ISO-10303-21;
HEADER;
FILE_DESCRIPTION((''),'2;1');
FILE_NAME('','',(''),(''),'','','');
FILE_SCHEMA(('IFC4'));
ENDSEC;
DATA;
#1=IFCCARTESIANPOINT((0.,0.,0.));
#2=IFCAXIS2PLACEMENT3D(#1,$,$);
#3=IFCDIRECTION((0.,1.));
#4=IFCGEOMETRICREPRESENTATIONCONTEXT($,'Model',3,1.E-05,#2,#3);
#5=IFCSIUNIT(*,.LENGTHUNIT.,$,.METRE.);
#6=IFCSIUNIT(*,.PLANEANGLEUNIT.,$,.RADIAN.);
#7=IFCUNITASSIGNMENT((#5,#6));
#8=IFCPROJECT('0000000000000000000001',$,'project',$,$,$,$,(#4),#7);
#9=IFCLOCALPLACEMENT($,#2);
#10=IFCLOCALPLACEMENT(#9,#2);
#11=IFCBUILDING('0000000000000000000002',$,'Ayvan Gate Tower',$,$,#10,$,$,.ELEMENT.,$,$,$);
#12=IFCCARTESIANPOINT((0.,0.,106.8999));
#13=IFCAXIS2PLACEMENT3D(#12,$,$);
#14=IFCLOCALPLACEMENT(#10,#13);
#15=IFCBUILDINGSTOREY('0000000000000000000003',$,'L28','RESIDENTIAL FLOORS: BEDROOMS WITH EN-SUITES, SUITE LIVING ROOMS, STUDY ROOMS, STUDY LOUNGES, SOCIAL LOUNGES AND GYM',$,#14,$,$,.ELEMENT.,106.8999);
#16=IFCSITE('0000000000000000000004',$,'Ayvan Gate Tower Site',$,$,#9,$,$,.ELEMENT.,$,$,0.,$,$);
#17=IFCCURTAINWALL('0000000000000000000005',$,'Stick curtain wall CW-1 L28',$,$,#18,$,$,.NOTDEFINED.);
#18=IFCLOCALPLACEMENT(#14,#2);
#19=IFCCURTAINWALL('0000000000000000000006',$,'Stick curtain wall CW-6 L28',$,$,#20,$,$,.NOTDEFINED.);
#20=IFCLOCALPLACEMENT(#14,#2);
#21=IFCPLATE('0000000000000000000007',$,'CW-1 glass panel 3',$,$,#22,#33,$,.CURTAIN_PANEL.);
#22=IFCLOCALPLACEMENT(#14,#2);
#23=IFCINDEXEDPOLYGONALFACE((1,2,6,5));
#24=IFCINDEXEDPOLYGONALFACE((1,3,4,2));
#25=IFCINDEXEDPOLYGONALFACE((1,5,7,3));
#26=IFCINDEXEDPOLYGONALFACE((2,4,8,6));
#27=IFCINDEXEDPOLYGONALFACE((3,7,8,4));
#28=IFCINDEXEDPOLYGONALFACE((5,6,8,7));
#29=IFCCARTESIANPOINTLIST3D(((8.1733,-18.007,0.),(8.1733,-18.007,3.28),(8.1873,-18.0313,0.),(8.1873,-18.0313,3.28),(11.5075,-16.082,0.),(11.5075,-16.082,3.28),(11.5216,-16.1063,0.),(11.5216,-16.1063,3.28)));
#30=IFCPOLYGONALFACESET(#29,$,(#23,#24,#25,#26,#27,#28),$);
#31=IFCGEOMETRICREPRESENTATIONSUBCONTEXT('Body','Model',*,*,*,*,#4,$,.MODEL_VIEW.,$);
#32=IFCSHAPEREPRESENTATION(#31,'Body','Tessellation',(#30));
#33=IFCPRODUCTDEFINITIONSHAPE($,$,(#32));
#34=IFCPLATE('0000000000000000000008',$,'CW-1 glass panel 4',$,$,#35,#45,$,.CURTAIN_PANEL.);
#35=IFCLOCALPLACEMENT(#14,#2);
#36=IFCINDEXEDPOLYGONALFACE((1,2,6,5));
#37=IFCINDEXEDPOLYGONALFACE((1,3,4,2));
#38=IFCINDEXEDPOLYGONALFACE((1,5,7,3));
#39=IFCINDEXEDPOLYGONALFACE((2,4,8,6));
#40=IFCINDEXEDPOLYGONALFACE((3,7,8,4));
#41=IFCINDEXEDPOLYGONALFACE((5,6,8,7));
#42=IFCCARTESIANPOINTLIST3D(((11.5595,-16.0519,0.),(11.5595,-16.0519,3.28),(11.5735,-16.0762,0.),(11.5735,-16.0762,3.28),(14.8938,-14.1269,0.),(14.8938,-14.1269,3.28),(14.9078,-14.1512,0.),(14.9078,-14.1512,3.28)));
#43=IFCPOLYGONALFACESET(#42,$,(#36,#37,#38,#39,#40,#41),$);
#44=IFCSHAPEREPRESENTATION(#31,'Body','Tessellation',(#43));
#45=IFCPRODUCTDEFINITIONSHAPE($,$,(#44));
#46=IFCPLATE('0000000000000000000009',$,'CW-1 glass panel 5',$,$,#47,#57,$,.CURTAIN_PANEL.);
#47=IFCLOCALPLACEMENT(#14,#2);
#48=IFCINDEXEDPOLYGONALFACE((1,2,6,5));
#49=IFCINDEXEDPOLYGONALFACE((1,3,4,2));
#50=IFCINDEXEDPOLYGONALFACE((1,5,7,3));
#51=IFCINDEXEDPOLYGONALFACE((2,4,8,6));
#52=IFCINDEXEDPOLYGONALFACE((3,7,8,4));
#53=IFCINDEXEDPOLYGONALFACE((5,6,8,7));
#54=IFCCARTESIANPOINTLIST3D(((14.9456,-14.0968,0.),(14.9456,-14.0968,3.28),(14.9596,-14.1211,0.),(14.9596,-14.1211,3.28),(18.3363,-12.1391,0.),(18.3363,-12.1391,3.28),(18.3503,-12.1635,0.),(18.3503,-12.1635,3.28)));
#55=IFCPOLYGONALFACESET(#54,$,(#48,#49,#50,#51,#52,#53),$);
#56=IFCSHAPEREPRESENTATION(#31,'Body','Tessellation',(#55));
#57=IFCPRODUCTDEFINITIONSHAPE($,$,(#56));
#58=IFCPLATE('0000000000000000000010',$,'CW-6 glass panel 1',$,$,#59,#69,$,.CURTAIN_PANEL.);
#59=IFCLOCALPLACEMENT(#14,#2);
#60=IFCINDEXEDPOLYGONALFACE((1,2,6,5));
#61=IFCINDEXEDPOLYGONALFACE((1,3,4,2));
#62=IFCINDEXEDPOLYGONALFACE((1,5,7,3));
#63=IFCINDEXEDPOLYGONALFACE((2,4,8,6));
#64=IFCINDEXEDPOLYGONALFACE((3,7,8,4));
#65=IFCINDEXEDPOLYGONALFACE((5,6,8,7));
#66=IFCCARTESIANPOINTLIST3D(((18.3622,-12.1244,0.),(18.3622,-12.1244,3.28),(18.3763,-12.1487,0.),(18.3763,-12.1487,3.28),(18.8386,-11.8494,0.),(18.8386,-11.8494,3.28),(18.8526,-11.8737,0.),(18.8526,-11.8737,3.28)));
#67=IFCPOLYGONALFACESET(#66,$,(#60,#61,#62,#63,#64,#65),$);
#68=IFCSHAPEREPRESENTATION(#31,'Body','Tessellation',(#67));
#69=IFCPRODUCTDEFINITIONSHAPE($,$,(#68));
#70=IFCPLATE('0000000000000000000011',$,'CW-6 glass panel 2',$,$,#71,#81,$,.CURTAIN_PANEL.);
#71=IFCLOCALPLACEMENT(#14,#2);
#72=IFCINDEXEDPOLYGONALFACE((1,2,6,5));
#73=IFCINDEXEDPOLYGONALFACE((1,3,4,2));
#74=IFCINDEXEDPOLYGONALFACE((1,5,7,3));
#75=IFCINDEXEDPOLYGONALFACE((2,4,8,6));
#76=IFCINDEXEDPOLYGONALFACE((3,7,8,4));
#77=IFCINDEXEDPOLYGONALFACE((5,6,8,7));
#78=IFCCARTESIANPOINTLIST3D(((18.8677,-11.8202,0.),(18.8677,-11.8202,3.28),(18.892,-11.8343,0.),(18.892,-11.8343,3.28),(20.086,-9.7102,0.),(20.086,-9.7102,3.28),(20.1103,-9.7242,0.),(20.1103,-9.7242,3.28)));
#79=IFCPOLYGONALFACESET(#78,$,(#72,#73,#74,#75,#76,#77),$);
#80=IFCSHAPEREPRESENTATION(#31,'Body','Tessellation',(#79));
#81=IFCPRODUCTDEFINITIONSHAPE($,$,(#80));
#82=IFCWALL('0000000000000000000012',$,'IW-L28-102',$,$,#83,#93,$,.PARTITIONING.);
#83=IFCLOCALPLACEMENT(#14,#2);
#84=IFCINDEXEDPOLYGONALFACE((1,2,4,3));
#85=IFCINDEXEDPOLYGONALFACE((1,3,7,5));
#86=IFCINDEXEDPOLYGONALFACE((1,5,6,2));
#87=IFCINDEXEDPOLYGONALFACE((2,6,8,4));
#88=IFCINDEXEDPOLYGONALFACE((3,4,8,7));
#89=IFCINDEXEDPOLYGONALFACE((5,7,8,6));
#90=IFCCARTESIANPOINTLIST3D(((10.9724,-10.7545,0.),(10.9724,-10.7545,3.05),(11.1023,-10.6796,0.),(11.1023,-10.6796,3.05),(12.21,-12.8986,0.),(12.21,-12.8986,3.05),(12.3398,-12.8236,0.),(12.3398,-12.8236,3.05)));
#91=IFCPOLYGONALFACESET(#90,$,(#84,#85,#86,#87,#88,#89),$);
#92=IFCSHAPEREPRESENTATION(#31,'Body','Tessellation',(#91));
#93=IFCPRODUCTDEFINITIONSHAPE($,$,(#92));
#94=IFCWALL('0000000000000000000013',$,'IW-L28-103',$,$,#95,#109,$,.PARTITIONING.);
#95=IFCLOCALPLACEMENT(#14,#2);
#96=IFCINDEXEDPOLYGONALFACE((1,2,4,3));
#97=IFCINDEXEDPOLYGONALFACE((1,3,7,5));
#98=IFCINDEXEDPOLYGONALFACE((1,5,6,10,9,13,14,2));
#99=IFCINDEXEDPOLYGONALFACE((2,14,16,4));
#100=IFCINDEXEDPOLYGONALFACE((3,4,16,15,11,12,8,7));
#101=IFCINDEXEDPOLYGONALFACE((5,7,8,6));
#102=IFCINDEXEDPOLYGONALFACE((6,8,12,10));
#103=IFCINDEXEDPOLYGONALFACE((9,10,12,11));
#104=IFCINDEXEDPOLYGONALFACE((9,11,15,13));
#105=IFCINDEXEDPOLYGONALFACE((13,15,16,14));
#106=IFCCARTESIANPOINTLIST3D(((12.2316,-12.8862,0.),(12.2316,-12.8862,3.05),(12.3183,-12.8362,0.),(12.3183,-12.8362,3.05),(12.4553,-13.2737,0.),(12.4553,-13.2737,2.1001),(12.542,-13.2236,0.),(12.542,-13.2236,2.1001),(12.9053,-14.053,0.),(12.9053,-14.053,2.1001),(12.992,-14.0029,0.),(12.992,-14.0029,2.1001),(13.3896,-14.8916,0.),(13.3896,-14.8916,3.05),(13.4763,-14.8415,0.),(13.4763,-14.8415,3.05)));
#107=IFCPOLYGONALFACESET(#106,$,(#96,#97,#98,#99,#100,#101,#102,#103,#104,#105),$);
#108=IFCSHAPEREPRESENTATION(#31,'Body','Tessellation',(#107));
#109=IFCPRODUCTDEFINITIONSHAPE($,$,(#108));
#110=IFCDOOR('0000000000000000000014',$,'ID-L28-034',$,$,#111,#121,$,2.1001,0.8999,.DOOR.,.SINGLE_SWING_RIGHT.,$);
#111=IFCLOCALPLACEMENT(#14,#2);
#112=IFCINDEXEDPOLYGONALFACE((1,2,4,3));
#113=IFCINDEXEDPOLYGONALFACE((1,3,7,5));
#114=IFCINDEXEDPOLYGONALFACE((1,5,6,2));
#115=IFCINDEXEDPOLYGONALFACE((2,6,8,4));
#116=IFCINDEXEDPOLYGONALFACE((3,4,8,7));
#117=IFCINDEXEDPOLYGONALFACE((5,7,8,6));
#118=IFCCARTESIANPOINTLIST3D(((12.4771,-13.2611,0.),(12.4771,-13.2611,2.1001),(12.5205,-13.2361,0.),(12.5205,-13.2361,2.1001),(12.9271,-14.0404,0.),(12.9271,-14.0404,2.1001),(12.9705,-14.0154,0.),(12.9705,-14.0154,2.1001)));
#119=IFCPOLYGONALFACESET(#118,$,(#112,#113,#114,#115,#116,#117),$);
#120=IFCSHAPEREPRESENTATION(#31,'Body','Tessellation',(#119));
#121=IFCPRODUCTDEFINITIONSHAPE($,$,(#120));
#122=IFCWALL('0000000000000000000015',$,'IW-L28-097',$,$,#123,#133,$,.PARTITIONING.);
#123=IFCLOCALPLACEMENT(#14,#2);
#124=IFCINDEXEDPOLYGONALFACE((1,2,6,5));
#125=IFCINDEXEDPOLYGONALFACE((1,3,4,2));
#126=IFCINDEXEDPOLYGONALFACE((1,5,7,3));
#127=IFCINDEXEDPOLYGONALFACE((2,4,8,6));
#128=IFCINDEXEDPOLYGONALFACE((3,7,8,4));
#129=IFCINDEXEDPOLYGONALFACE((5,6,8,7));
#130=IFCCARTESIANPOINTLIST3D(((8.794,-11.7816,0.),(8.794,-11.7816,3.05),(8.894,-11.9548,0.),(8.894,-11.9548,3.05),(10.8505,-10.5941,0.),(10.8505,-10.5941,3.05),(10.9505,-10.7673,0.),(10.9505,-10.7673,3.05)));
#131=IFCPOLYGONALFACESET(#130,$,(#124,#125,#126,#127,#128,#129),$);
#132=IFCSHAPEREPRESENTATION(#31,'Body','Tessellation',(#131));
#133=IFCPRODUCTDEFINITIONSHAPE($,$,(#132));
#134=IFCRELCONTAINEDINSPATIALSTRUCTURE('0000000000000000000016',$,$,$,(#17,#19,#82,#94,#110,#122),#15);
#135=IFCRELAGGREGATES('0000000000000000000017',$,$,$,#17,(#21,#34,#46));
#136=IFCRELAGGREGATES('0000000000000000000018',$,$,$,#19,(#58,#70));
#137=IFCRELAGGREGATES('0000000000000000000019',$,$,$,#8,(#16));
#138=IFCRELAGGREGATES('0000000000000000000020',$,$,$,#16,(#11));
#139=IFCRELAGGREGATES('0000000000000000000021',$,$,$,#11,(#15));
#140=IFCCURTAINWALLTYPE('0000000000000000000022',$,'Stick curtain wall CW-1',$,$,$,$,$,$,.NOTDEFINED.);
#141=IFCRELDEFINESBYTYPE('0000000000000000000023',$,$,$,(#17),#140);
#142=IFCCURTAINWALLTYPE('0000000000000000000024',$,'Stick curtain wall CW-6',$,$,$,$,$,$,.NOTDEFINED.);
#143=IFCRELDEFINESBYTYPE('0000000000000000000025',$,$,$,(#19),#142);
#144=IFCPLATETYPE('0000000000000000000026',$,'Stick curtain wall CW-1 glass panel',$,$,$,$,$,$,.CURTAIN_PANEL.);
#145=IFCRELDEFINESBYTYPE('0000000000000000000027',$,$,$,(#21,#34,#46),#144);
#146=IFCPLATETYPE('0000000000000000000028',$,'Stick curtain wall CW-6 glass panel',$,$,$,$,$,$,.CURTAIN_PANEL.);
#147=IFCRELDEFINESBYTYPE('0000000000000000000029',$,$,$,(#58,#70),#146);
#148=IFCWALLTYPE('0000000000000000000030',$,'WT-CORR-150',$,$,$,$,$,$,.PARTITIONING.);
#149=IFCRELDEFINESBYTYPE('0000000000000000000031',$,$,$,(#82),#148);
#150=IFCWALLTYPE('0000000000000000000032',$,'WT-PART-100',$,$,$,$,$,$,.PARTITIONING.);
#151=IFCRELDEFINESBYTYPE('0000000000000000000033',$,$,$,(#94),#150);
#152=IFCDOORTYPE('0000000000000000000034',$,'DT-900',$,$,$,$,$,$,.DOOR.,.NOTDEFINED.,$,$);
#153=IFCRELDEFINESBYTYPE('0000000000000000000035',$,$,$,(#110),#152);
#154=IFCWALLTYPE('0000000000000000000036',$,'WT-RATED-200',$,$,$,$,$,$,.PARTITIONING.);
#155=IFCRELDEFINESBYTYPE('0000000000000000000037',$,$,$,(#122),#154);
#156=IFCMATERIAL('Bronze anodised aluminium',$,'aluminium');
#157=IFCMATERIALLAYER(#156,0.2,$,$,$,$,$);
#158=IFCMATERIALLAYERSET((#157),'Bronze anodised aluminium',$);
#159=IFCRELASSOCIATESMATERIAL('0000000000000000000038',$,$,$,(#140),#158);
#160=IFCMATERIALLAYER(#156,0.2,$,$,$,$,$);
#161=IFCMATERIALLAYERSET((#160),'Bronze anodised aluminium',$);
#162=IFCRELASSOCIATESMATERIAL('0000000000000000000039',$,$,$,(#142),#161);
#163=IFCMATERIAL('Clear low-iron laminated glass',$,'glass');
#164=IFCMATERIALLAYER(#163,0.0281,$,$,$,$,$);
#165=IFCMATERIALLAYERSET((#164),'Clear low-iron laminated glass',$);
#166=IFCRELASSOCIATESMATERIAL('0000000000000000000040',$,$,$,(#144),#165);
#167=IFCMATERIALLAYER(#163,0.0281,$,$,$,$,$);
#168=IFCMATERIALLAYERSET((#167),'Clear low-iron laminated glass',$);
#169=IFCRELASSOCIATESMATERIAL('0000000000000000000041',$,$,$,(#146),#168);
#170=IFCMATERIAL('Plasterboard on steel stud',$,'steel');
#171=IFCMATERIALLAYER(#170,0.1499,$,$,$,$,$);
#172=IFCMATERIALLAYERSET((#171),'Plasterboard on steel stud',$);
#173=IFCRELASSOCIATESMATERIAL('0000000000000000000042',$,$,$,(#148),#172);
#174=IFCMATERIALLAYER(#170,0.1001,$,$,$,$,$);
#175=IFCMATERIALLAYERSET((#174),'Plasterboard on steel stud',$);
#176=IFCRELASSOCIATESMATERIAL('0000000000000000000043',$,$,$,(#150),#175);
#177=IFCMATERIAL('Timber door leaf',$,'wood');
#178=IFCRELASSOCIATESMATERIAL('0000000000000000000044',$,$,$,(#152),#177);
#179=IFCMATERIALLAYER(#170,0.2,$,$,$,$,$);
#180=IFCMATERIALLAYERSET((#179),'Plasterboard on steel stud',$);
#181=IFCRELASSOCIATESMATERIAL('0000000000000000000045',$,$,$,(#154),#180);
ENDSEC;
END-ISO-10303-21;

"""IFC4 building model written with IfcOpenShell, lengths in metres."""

from ifc_helpers import new_model, si_unit, direction, frame, frame_2d, origin, origin_2d, place, context, subcontext, project, spatial, rectangle, extrude, material, layer, layer_set, type_object, element, fill, aggregate, save


model = new_model("IFC4")

# Units and contexts
model_context = context("Model", 3, precision=1e-05, world=origin(), true_north=direction((0.0, 1.0)))
body_context = subcontext(model_context, "Body", "Model", "MODEL_VIEW")
ifc_project = project(units=[si_unit("LENGTHUNIT", "METRE"), si_unit("PLANEANGLEUNIT", "RADIAN")], contexts=[model_context])

# Site, building, storey
site_placement = place(None, origin())
site = spatial("IfcSite", under=ifc_project, at=site_placement, Name="Ayvan Gate Tower Site", CompositionType="ELEMENT", RefElevation=0.0)
building_placement = place(site_placement, origin())
building = spatial("IfcBuilding", under=site, at=building_placement, Name="Ayvan Gate Tower", CompositionType="ELEMENT")
storey_placement = place(building_placement, frame((0.0, 0.0, 106.8999)))
storey = spatial("IfcBuildingStorey", under=building, at=storey_placement, Name="L28", Description="RESIDENTIAL FLOORS: BEDROOMS WITH EN-SUITES, SUITE LIVING ROOMS, STUDY ROOMS, STUDY LOUNGES, SOCIAL LOUNGES AND GYM", CompositionType="ELEMENT", Elevation=106.8999)

# Curtain walls
ifc_material_1 = material(Name="Bronze anodised aluminium", Category="aluminium")
ifc_layer_1 = layer(ifc_material_1, 0.2)
ifc_layer_set_1 = layer_set([ifc_layer_1], Name="Bronze anodised aluminium")
curtain_wall_type_1 = type_object("IfcCurtainWallType", Name="Stick curtain wall CW-1", PredefinedType="NOTDEFINED", material=ifc_layer_set_1)
curtain_wall_1_placement = place(storey_placement, origin())
curtain_wall_1 = element("IfcCurtainWall", 1, at=curtain_wall_1_placement, inside=storey, type_object=curtain_wall_type_1, Name="Stick curtain wall CW-1 L28", PredefinedType="NOTDEFINED")
ifc_layer_2 = layer(ifc_material_1, 0.2)
ifc_layer_set_2 = layer_set([ifc_layer_2], Name="Bronze anodised aluminium")
curtain_wall_type_2 = type_object("IfcCurtainWallType", Name="Stick curtain wall CW-6", PredefinedType="NOTDEFINED", material=ifc_layer_set_2)
curtain_wall_2_placement = place(storey_placement, origin())
curtain_wall_2 = element("IfcCurtainWall", 2, at=curtain_wall_2_placement, inside=storey, type_object=curtain_wall_type_2, Name="Stick curtain wall CW-6 L28", PredefinedType="NOTDEFINED")

# Plates
ifc_material_2 = material(Name="Clear low-iron laminated glass", Category="glass")
ifc_layer_3 = layer(ifc_material_2, 0.0281)
ifc_layer_set_3 = layer_set([ifc_layer_3], Name="Clear low-iron laminated glass")
plate_type_1 = type_object("IfcPlateType", Name="Stick curtain wall CW-1 glass panel", PredefinedType="CURTAIN_PANEL", material=ifc_layer_set_3)
plate_1_placement = place(storey_placement, frame((9.8474, -17.0566, 0.0), z_axis=(0.0, 0.0, 1.0), x_axis=(0.866025, 0.5, 0.0)))
plate_1 = element("IfcPlate", 3, at=plate_1_placement, type_object=plate_type_1, Name="CW-1 glass panel 3", PredefinedType="CURTAIN_PANEL", context=body_context, shape_type="SweptSolid", body=[
    extrude(rectangle(XDim=3.8501, YDim=0.0281, at=origin_2d()), origin(), (0.0, 0.0, 1.0), 3.28),
])
plate_2_placement = place(storey_placement, frame((13.2336, -15.1016, 0.0), z_axis=(0.0, 0.0, 1.0), x_axis=(0.866025, 0.5, 0.0)))
plate_2 = element("IfcPlate", 4, at=plate_2_placement, type_object=plate_type_1, Name="CW-1 glass panel 4", PredefinedType="CURTAIN_PANEL", context=body_context, shape_type="SweptSolid", body=[
    extrude(rectangle(XDim=3.8501, YDim=0.0281, at=origin_2d()), origin(), (0.0, 0.0, 1.0), 3.28),
])
plate_3_placement = place(storey_placement, frame((16.6479, -13.1301, 0.0), z_axis=(0.0, 0.0, 1.0), x_axis=(0.866025, 0.5, 0.0)))
plate_3 = element("IfcPlate", 5, at=plate_3_placement, type_object=plate_type_1, Name="CW-1 glass panel 5", PredefinedType="CURTAIN_PANEL", context=body_context, shape_type="SweptSolid", body=[
    extrude(rectangle(XDim=3.9153, YDim=0.0281, at=origin_2d()), origin(), (0.0, 0.0, 1.0), 3.28),
])
aggregate(curtain_wall_1, [plate_1, plate_2, plate_3])
ifc_layer_4 = layer(ifc_material_2, 0.0281)
ifc_layer_set_4 = layer_set([ifc_layer_4], Name="Clear low-iron laminated glass")
plate_type_2 = type_object("IfcPlateType", Name="Stick curtain wall CW-6 glass panel", PredefinedType="CURTAIN_PANEL", material=ifc_layer_set_4)
plate_4_placement = place(storey_placement, frame((18.6074, -11.999, 0.0), z_axis=(0.0, 0.0, 1.0), x_axis=(0.866025, 0.5, 0.0)))
plate_4 = element("IfcPlate", 6, at=plate_4_placement, type_object=plate_type_2, Name="CW-6 glass panel 1", PredefinedType="CURTAIN_PANEL", context=body_context, shape_type="SweptSolid", body=[
    extrude(rectangle(XDim=0.55, YDim=0.0281, at=origin_2d()), origin(), (0.0, 0.0, 1.0), 3.28),
])
plate_5_placement = place(storey_placement, frame((19.489, -10.7722, 0.0), z_axis=(0.0, 0.0, 1.0), x_axis=(0.5, 0.866025, 0.0)))
plate_5 = element("IfcPlate", 7, at=plate_5_placement, type_object=plate_type_2, Name="CW-6 glass panel 2", PredefinedType="CURTAIN_PANEL", context=body_context, shape_type="SweptSolid", body=[
    extrude(rectangle(XDim=2.4365, YDim=0.0281, at=origin_2d()), origin(), (0.0, 0.0, 1.0), 3.28),
])
aggregate(curtain_wall_2, [plate_4, plate_5])

# Wall
ifc_material_3 = material(Name="Plasterboard on steel stud", Category="steel")
ifc_layer_5 = layer(ifc_material_3, 0.1499)
ifc_layer_set_5 = layer_set([ifc_layer_5], Name="Plasterboard on steel stud")
wall_type_1 = type_object("IfcWallType", Name="WT-CORR-150", PredefinedType="PARTITIONING", material=ifc_layer_set_5)
wall_1_placement = place(storey_placement, frame((12.2749, -12.8611, 0.0), z_axis=(0.0, 0.0, 1.0), x_axis=(-0.499905, 0.86608, 0.0)))
element("IfcWall", 8, at=wall_1_placement, inside=storey, type_object=wall_type_1, Name="IW-L28-102", PredefinedType="PARTITIONING", context=body_context, shape_type="SweptSolid", body=[
    extrude(rectangle(XDim=2.4756, YDim=0.1499, at=frame_2d((1.2378, 0.0))), origin(), (0.0, 0.0, 1.0), 3.05),
])

# Wall, opening, door
ifc_layer_6 = layer(ifc_material_3, 0.1001)
ifc_layer_set_6 = layer_set([ifc_layer_6], Name="Plasterboard on steel stud")
wall_type_2 = type_object("IfcWallType", Name="WT-PART-100", PredefinedType="PARTITIONING", material=ifc_layer_set_6)
wall_2_placement = place(storey_placement, frame((13.4329, -14.8665, 0.0), z_axis=(0.0, 0.0, 1.0), x_axis=(-0.500051, 0.865996, 0.0)))
wall_2 = element("IfcWall", 9, at=wall_2_placement, inside=storey, type_object=wall_type_2, Name="IW-L28-103", PredefinedType="PARTITIONING", context=body_context, shape_type="SweptSolid", body=[
    extrude(rectangle(XDim=2.3157, YDim=0.1001, at=frame_2d((1.1577, 0.0))), origin(), (0.0, 0.0, 1.0), 3.05),
])
opening_placement = place(wall_2_placement, frame((0.9683, 0.0, 0.0)))
opening = element("IfcOpeningElement", 10, at=opening_placement, cuts=wall_2, PredefinedType="OPENING", context=body_context, shape_type="SweptSolid", body=[
    extrude(rectangle(XDim=0.8999, YDim=2.1001, at=frame_2d((0.45, 1.05))), frame((0.0, 0.0601, 0.0), z_axis=(0.0, -1.0, 0.0), x_axis=(1.0, 0.0, 0.0)), (0.0, 0.0, 1.0), 0.1201),
])
ifc_material_4 = material(Name="Timber door leaf", Category="wood")
door_type = type_object("IfcDoorType", Name="DT-900", OperationType="NOTDEFINED", PredefinedType="DOOR", material=ifc_material_4)
door_placement = place(opening_placement, origin())
door = element("IfcDoor", 11, at=door_placement, inside=storey, type_object=door_type, Name="ID-L28-034", OperationType="SINGLE_SWING_RIGHT", OverallHeight=2.1001, OverallWidth=0.8999, PredefinedType="DOOR", context=body_context, shape_type="SweptSolid", body=[
    extrude(rectangle(XDim=0.8999, YDim=2.1001, at=frame_2d((0.45, 1.05))), frame((0.0, 0.0249, 0.0), z_axis=(0.0, -1.0, 0.0), x_axis=(1.0, 0.0, 0.0)), (0.0, 0.0, 1.0), 0.05),
])
fill(opening, door)

# Wall
ifc_layer_7 = layer(ifc_material_3, 0.2)
ifc_layer_set_7 = layer_set([ifc_layer_7], Name="Plasterboard on steel stud")
wall_type_3 = type_object("IfcWallType", Name="WT-RATED-200", PredefinedType="PARTITIONING", material=ifc_layer_set_7)
wall_3_placement = place(storey_placement, frame((10.9006, -10.6807, 0.0), z_axis=(0.0, 0.0, 1.0), x_axis=(-0.866008, -0.500031, 0.0)))
element("IfcWall", 12, at=wall_3_placement, inside=storey, type_object=wall_type_3, Name="IW-L28-097", PredefinedType="PARTITIONING", context=body_context, shape_type="SweptSolid", body=[
    extrude(rectangle(XDim=2.3748, YDim=0.2, at=frame_2d((1.1875, 0.0))), origin(), (0.0, 0.0, 1.0), 3.05),
])

save(model, "model.ifc")
